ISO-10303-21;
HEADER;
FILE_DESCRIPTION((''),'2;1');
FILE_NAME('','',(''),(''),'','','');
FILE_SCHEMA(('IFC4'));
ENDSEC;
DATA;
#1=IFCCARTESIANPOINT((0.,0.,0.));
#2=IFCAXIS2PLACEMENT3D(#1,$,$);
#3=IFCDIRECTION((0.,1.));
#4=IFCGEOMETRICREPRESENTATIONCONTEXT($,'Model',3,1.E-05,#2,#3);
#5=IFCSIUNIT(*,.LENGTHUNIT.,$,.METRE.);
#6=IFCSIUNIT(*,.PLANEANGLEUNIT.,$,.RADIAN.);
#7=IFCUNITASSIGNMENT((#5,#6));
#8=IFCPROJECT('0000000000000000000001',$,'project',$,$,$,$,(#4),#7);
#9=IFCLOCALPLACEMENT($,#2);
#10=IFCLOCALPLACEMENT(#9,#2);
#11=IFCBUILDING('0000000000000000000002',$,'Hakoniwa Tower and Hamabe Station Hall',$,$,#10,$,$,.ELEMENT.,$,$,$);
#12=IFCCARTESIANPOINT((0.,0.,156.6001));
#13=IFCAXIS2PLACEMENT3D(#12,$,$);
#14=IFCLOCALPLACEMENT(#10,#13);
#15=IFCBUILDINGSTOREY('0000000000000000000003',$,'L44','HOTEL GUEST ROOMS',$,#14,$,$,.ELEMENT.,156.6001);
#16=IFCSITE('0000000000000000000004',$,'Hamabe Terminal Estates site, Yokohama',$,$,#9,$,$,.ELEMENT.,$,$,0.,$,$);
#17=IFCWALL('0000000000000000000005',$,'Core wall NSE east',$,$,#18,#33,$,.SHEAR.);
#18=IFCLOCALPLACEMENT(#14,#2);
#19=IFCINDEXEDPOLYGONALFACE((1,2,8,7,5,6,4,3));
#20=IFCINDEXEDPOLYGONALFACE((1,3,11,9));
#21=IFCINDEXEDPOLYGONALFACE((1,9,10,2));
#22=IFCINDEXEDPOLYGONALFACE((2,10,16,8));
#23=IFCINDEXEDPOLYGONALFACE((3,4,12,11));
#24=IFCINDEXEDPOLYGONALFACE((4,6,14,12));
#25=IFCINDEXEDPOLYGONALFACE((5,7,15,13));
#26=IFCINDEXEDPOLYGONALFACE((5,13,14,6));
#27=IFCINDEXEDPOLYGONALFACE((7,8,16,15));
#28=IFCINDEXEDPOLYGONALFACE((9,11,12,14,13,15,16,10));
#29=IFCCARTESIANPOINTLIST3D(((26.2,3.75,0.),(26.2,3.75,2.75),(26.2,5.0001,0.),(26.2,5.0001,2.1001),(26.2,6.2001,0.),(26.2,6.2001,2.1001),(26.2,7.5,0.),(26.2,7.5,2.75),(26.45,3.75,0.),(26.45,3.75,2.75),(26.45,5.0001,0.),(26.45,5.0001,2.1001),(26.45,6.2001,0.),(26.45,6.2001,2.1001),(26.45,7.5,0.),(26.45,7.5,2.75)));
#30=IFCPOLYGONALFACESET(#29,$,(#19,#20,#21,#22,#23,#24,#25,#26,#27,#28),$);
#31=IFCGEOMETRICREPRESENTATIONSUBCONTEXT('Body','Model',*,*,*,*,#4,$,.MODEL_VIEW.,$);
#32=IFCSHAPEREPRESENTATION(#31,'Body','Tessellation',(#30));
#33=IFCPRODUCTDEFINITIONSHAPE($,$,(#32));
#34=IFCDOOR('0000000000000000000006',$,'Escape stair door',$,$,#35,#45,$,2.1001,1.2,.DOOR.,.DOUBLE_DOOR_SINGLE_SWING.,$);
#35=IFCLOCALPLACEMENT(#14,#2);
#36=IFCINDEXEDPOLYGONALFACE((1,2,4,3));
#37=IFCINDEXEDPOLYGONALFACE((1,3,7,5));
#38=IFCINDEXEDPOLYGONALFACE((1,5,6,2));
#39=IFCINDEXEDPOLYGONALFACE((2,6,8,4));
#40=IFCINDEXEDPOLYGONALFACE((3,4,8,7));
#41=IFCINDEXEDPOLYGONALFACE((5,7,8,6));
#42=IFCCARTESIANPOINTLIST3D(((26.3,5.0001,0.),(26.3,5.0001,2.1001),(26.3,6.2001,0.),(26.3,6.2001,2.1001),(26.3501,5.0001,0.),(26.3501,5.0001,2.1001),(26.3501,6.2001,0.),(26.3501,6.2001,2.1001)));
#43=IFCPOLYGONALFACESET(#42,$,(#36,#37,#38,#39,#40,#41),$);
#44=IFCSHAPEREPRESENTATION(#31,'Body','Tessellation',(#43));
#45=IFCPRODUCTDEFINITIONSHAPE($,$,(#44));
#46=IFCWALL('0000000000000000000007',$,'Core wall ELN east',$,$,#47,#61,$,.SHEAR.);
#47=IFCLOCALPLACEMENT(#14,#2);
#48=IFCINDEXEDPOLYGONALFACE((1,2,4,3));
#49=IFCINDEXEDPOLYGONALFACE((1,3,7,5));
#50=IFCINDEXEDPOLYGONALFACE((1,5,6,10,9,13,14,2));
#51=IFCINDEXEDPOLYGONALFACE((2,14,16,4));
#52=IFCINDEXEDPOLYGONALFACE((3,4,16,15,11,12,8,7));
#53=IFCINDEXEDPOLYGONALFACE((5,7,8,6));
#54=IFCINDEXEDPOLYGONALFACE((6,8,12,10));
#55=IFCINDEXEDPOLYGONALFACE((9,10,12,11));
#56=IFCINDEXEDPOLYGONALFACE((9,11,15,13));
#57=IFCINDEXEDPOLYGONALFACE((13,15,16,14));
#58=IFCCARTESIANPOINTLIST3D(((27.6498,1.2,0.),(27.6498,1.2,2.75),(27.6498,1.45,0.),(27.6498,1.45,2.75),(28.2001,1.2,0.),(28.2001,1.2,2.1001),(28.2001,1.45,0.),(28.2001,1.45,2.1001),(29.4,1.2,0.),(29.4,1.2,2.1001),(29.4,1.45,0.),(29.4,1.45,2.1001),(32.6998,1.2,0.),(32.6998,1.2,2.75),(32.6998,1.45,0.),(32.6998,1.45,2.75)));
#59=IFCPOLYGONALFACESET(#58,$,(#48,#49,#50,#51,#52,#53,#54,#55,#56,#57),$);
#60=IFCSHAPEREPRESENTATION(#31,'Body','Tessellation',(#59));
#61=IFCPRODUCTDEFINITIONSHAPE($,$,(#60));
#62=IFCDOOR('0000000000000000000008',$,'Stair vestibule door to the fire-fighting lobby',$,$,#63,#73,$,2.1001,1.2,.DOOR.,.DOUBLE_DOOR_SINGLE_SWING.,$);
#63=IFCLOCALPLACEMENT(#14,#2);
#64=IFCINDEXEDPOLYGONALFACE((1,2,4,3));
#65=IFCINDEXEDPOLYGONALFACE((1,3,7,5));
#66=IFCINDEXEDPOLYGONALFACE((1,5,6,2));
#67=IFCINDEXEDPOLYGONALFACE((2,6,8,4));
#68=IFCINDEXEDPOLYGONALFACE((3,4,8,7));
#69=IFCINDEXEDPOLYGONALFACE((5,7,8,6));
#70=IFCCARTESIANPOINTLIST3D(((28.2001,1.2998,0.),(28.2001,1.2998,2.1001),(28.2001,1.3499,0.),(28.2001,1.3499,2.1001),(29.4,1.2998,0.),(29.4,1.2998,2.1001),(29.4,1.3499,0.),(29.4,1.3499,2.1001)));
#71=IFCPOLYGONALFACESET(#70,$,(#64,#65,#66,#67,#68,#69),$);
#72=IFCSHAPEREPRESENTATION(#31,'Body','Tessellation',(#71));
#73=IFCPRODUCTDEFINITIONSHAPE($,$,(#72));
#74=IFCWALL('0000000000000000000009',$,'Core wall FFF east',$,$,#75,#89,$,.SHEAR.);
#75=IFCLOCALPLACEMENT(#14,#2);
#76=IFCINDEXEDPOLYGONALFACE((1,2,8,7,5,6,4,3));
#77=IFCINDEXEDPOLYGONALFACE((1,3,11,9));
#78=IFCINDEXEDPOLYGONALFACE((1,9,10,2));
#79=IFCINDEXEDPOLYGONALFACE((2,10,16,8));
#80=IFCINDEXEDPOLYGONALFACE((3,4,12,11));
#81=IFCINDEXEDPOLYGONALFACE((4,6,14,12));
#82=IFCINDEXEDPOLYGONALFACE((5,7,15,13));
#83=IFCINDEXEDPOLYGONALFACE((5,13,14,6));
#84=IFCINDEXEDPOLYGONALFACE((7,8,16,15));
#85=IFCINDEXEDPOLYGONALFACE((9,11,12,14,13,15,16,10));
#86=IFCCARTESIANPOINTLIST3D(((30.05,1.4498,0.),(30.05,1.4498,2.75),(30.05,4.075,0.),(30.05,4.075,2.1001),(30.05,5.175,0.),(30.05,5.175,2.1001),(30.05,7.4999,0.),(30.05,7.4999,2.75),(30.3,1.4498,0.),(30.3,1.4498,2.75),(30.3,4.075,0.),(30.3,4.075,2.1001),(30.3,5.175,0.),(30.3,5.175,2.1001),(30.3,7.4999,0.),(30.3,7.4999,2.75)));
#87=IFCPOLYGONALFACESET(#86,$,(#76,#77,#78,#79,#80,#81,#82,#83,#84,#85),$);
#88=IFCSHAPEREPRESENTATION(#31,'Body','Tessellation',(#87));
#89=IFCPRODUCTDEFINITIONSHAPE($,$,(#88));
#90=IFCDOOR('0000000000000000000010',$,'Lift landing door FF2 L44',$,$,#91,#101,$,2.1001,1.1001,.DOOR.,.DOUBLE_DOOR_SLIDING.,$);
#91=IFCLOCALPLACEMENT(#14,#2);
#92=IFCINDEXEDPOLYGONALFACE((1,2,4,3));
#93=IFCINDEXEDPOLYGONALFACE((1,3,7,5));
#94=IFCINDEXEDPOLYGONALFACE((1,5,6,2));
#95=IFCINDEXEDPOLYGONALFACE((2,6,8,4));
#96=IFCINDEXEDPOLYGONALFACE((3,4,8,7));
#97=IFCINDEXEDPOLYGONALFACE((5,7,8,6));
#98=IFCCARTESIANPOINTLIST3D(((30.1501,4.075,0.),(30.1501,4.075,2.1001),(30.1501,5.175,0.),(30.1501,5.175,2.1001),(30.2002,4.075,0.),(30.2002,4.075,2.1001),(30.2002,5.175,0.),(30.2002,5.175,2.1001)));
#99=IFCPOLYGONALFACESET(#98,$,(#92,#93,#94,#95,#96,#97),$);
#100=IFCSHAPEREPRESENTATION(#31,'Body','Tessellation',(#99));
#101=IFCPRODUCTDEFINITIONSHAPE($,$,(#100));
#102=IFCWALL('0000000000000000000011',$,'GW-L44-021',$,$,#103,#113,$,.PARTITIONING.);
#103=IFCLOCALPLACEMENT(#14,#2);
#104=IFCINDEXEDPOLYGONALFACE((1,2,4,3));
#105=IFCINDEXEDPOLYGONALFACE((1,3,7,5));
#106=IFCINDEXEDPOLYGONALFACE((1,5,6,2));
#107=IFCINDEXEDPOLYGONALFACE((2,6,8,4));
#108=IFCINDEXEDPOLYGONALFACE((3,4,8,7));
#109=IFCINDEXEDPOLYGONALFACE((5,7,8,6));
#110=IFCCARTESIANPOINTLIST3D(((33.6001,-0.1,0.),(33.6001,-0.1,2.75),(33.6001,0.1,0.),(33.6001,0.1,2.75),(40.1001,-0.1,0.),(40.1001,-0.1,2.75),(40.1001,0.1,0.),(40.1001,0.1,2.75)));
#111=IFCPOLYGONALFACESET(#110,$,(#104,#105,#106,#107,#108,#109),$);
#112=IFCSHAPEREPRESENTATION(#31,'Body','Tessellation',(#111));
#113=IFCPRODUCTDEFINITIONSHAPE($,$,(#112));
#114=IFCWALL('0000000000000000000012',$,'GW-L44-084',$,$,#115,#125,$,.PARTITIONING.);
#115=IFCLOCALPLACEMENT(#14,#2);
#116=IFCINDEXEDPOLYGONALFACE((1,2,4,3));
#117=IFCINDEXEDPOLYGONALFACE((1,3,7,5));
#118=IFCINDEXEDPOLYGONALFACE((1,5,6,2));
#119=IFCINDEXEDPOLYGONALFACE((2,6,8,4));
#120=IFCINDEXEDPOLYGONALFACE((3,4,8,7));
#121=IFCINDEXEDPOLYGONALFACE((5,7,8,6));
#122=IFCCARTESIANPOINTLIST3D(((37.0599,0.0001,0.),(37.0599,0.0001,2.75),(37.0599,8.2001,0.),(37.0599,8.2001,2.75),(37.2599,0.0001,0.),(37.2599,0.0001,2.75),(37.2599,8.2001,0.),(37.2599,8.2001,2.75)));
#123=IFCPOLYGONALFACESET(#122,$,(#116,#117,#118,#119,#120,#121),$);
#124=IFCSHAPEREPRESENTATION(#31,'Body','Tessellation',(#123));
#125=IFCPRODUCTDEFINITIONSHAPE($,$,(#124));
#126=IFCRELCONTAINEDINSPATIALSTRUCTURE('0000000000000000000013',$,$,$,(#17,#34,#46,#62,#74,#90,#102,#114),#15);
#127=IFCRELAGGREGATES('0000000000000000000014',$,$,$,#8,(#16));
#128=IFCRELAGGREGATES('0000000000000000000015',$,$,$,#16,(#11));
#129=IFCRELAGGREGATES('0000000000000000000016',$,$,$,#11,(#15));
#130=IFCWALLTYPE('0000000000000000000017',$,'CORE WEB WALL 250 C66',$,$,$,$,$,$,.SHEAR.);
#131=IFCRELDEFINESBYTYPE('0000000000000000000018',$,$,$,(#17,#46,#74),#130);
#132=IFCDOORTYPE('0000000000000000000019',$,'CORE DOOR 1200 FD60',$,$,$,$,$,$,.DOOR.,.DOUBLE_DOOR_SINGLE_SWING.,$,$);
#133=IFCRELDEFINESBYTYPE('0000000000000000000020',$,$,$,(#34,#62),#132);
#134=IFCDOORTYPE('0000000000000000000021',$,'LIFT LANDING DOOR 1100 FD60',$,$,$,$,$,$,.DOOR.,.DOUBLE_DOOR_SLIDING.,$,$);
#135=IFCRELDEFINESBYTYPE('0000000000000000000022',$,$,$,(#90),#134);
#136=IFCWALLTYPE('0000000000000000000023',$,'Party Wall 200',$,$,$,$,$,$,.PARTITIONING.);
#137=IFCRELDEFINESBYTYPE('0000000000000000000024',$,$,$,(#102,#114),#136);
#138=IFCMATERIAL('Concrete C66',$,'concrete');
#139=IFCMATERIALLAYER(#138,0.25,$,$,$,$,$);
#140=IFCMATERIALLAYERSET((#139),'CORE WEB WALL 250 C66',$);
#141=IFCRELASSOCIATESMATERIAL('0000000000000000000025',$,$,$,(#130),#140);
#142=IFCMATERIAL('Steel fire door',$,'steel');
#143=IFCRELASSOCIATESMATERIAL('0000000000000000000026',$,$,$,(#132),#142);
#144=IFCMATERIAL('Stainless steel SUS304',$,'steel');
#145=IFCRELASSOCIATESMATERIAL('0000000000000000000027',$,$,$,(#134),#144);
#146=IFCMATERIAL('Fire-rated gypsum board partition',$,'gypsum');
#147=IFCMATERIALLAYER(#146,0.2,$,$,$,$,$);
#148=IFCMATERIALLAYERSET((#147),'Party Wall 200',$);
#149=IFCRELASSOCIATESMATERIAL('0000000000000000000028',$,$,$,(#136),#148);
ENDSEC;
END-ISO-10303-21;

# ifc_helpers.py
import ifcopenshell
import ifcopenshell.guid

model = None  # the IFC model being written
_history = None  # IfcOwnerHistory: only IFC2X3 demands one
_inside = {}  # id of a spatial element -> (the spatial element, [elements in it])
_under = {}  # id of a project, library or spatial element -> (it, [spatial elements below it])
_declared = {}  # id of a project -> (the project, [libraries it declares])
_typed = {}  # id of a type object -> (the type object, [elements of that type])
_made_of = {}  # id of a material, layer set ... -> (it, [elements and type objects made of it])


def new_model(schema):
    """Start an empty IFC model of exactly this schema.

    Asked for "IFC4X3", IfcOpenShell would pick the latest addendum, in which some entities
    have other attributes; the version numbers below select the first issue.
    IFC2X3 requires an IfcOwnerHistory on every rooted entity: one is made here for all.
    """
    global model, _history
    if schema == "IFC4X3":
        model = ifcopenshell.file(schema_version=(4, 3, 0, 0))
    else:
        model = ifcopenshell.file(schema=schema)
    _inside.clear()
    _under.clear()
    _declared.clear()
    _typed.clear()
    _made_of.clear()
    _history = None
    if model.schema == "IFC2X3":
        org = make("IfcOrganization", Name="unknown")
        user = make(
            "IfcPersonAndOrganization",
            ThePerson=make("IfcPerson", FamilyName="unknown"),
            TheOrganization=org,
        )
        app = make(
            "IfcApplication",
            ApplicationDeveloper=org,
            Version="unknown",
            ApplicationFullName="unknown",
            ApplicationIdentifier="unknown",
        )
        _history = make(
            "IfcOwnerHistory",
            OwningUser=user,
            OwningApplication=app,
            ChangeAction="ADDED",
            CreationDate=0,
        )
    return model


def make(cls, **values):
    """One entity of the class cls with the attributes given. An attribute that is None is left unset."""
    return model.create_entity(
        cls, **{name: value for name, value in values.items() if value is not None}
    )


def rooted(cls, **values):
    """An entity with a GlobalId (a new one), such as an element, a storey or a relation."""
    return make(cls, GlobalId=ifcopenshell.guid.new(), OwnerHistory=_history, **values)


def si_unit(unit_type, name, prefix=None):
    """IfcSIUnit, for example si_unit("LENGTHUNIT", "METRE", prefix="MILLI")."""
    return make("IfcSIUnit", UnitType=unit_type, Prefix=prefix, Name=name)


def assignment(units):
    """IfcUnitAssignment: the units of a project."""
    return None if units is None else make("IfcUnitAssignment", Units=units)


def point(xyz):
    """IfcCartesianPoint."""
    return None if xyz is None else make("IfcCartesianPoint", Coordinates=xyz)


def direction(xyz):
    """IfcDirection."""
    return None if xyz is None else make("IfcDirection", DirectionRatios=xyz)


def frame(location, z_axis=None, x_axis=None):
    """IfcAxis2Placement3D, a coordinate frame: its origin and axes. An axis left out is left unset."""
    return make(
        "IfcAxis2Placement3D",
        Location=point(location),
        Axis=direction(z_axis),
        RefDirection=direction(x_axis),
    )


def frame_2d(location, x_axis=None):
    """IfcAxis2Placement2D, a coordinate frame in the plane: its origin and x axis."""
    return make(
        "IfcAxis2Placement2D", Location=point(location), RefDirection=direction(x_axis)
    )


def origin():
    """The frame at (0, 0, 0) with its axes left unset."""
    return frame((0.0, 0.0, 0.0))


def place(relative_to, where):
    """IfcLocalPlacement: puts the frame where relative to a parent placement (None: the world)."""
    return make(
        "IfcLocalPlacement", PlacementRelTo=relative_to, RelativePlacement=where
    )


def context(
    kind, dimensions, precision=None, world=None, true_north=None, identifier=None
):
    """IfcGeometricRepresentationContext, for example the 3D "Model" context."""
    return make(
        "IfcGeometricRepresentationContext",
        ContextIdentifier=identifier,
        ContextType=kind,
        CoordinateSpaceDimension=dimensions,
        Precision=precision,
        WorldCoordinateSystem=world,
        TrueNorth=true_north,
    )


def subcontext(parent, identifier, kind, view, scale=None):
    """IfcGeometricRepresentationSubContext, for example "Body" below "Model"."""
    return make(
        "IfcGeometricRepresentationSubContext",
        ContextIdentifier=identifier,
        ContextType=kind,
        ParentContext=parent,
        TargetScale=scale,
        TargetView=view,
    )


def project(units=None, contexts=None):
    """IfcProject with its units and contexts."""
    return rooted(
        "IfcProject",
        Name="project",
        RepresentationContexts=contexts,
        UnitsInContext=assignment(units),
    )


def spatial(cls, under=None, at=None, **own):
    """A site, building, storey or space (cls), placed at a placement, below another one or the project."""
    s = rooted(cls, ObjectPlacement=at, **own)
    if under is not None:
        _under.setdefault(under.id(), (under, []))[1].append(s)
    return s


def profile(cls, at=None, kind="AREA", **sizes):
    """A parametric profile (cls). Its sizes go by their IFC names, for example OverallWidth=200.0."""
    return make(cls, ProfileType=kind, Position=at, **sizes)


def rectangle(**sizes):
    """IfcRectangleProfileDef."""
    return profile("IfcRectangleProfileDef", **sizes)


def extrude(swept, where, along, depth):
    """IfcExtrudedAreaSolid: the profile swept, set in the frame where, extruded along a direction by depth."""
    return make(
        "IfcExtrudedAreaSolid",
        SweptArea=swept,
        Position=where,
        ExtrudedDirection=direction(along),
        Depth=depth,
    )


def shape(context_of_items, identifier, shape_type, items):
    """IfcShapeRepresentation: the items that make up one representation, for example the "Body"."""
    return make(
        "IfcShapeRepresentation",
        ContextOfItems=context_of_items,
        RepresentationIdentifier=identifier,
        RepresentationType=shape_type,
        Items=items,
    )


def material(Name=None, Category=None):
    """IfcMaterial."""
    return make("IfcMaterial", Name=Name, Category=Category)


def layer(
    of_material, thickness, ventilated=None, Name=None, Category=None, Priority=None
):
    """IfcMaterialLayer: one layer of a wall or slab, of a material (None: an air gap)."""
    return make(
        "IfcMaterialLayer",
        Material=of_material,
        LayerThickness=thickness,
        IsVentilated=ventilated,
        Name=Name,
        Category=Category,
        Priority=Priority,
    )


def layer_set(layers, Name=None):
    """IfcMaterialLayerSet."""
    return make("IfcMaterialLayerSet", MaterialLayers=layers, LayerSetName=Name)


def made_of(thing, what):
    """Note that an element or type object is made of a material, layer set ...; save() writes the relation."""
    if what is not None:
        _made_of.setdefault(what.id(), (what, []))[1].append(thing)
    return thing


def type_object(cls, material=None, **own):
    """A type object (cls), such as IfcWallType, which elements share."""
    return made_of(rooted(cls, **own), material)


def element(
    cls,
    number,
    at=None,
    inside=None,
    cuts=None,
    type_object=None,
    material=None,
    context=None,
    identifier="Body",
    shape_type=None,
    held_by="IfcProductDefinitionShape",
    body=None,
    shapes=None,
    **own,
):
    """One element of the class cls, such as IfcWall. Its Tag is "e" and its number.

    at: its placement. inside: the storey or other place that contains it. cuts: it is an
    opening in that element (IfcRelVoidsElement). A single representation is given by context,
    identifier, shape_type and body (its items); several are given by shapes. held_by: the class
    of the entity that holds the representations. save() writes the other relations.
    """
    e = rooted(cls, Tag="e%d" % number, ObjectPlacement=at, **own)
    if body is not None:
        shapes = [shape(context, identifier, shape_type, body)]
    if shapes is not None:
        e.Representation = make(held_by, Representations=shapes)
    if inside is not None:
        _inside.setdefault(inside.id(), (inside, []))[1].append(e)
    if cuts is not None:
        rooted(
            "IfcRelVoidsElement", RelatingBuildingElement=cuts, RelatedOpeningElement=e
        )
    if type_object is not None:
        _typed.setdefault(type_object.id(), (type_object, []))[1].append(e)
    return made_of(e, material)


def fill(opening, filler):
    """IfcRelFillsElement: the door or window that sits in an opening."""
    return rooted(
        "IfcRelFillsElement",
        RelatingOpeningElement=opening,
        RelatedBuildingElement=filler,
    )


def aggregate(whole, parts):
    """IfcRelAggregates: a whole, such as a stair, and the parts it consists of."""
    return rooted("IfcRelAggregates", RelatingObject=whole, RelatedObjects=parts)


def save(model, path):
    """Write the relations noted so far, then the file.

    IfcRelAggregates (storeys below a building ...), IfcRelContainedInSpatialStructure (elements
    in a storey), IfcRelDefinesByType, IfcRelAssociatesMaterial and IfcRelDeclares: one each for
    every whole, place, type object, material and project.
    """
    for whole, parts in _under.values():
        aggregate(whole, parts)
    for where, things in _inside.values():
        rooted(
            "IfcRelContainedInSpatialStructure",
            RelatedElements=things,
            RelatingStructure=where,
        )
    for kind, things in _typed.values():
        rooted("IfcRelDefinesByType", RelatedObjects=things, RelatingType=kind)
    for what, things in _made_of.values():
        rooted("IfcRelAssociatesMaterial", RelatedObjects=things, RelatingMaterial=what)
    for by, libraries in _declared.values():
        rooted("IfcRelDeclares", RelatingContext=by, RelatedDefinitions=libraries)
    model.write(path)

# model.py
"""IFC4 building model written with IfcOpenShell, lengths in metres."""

from ifc_helpers import new_model, si_unit, direction, frame, frame_2d, origin, place, context, subcontext, project, spatial, rectangle, extrude, material, layer, layer_set, type_object, element, fill, save


model = new_model("IFC4")

# Units and contexts
model_context = context("Model", 3, precision=1e-05, world=origin(), true_north=direction((0.0, 1.0)))
body_context = subcontext(model_context, "Body", "Model", "MODEL_VIEW")
ifc_project = project(units=[si_unit("LENGTHUNIT", "METRE"), si_unit("PLANEANGLEUNIT", "RADIAN")], contexts=[model_context])

# Site, building, storey
site_placement = place(None, origin())
site = spatial("IfcSite", under=ifc_project, at=site_placement, Name="Hamabe Terminal Estates site, Yokohama", CompositionType="ELEMENT", RefElevation=0.0)
building_placement = place(site_placement, origin())
building = spatial("IfcBuilding", under=site, at=building_placement, Name="Hakoniwa Tower and Hamabe Station Hall", CompositionType="ELEMENT")
storey_placement = place(building_placement, frame((0.0, 0.0, 156.6001)))
storey = spatial("IfcBuildingStorey", under=building, at=storey_placement, Name="L44", Description="HOTEL GUEST ROOMS", CompositionType="ELEMENT", Elevation=156.6001)

# Shared definitions
ifc_material_1 = material(Name="Concrete C66", Category="concrete")
ifc_layer_1 = layer(ifc_material_1, 0.25)
ifc_layer_set_1 = layer_set([ifc_layer_1], Name="CORE WEB WALL 250 C66")
wall_type_1 = type_object("IfcWallType", Name="CORE WEB WALL 250 C66", PredefinedType="SHEAR", material=ifc_layer_set_1)

# Walls, openings, doors
wall_1_placement = place(storey_placement, frame((26.325, 3.75, 0.0), z_axis=(0.0, 0.0, 1.0), x_axis=(0.0, 1.0, 0.0)))
wall_1 = element("IfcWall", 1, at=wall_1_placement, inside=storey, type_object=wall_type_1, Name="Core wall NSE east", PredefinedType="SHEAR", context=body_context, shape_type="SweptSolid", body=[
    extrude(rectangle(XDim=3.75, YDim=0.25, at=frame_2d((1.875, 0.0))), origin(), (0.0, 0.0, 1.0), 2.75),
])
opening_1_placement = place(wall_1_placement, frame((1.25, 0.0, 0.0)))
opening_1 = element("IfcOpeningElement", 2, at=opening_1_placement, cuts=wall_1, PredefinedType="OPENING", context=body_context, shape_type="SweptSolid", body=[
    extrude(rectangle(XDim=1.2, YDim=2.1001, at=frame_2d((0.6001, 1.05))), frame((0.0, 0.135, 0.0), z_axis=(0.0, -1.0, 0.0), x_axis=(1.0, 0.0, 0.0)), (0.0, 0.0, 1.0), 0.27),
])
ifc_material_2 = material(Name="Steel fire door", Category="steel")
door_type_1 = type_object("IfcDoorType", Name="CORE DOOR 1200 FD60", OperationType="DOUBLE_DOOR_SINGLE_SWING", PredefinedType="DOOR", material=ifc_material_2)
door_1_placement = place(opening_1_placement, origin())
door_1 = element("IfcDoor", 3, at=door_1_placement, inside=storey, type_object=door_type_1, Name="Escape stair door", OperationType="DOUBLE_DOOR_SINGLE_SWING", OverallHeight=2.1001, OverallWidth=1.2, PredefinedType="DOOR", context=body_context, shape_type="SweptSolid", body=[
    extrude(rectangle(XDim=1.2, YDim=2.1001, at=frame_2d((0.6001, 1.05))), frame((0.0, 0.0249, 0.0), z_axis=(0.0, -1.0, 0.0), x_axis=(1.0, 0.0, 0.0)), (0.0, 0.0, 1.0), 0.05),
])
fill(opening_1, door_1)
wall_2_placement = place(storey_placement, frame((27.6499, 1.325, 0.0), z_axis=(0.0, 0.0, 1.0), x_axis=(1.0, 0.0, 0.0)))
wall_2 = element("IfcWall", 4, at=wall_2_placement, inside=storey, type_object=wall_type_1, Name="Core wall ELN east", PredefinedType="SHEAR", context=body_context, shape_type="SweptSolid", body=[
    extrude(rectangle(XDim=5.05, YDim=0.25, at=frame_2d((2.5249, 0.0))), origin(), (0.0, 0.0, 1.0), 2.75),
])
opening_2_placement = place(wall_2_placement, frame((0.55, 0.0, 0.0)))
opening_2 = element("IfcOpeningElement", 5, at=opening_2_placement, cuts=wall_2, PredefinedType="OPENING", context=body_context, shape_type="SweptSolid", body=[
    extrude(rectangle(XDim=1.2, YDim=2.1001, at=frame_2d((0.6001, 1.05))), frame((0.0, 0.135, 0.0), z_axis=(0.0, -1.0, 0.0), x_axis=(1.0, 0.0, 0.0)), (0.0, 0.0, 1.0), 0.27),
])
door_2_placement = place(opening_2_placement, origin())
door_2 = element("IfcDoor", 6, at=door_2_placement, inside=storey, type_object=door_type_1, Name="Stair vestibule door to the fire-fighting lobby", OperationType="DOUBLE_DOOR_SINGLE_SWING", OverallHeight=2.1001, OverallWidth=1.2, PredefinedType="DOOR", context=body_context, shape_type="SweptSolid", body=[
    extrude(rectangle(XDim=1.2, YDim=2.1001, at=frame_2d((0.6001, 1.05))), frame((0.0, 0.0249, 0.0), z_axis=(0.0, -1.0, 0.0), x_axis=(1.0, 0.0, 0.0)), (0.0, 0.0, 1.0), 0.05),
])
fill(opening_2, door_2)
wall_3_placement = place(storey_placement, frame((30.175, 1.45, 0.0), z_axis=(0.0, 0.0, 1.0), x_axis=(0.0, 1.0, 0.0)))
wall_3 = element("IfcWall", 7, at=wall_3_placement, inside=storey, type_object=wall_type_1, Name="Core wall FFF east", PredefinedType="SHEAR", context=body_context, shape_type="SweptSolid", body=[
    extrude(rectangle(XDim=6.05, YDim=0.25, at=frame_2d((3.0249, 0.0))), origin(), (0.0, 0.0, 1.0), 2.75),
])
opening_3_placement = place(wall_3_placement, frame((2.625, 0.0, 0.0)))
opening_3 = element("IfcOpeningElement", 8, at=opening_3_placement, cuts=wall_3, PredefinedType="OPENING", context=body_context, shape_type="SweptSolid", body=[
    extrude(rectangle(XDim=1.1001, YDim=2.1001, at=frame_2d((0.55, 1.05))), frame((0.0, 0.135, 0.0), z_axis=(0.0, -1.0, 0.0), x_axis=(1.0, 0.0, 0.0)), (0.0, 0.0, 1.0), 0.27),
])
ifc_material_3 = material(Name="Stainless steel SUS304", Category="steel")
door_type_2 = type_object("IfcDoorType", Name="LIFT LANDING DOOR 1100 FD60", OperationType="DOUBLE_DOOR_SLIDING", PredefinedType="DOOR", material=ifc_material_3)
door_3_placement = place(opening_3_placement, origin())
door_3 = element("IfcDoor", 9, at=door_3_placement, inside=storey, type_object=door_type_2, Name="Lift landing door FF2 L44", OperationType="DOUBLE_DOOR_SLIDING", OverallHeight=2.1001, OverallWidth=1.1001, PredefinedType="DOOR", context=body_context, shape_type="SweptSolid", body=[
    extrude(rectangle(XDim=1.1001, YDim=2.1001, at=frame_2d((0.55, 1.05))), frame((0.0, 0.0249, 0.0), z_axis=(0.0, -1.0, 0.0), x_axis=(1.0, 0.0, 0.0)), (0.0, 0.0, 1.0), 0.05),
])
fill(opening_3, door_3)

# Walls
ifc_material_4 = material(Name="Fire-rated gypsum board partition", Category="gypsum")
ifc_layer_2 = layer(ifc_material_4, 0.2)
ifc_layer_set_2 = layer_set([ifc_layer_2], Name="Party Wall 200")
wall_type_2 = type_object("IfcWallType", Name="Party Wall 200", PredefinedType="PARTITIONING", material=ifc_layer_set_2)
wall_4_placement = place(storey_placement, frame((33.6001, 0.0, 0.0), z_axis=(0.0, 0.0, 1.0), x_axis=(1.0, 0.0, 0.0)))
element("IfcWall", 10, at=wall_4_placement, inside=storey, type_object=wall_type_2, Name="GW-L44-021", PredefinedType="PARTITIONING", context=body_context, shape_type="SweptSolid", body=[
    extrude(rectangle(XDim=6.5, YDim=0.2, at=frame_2d((3.25, 0.0))), origin(), (0.0, 0.0, 1.0), 2.75),
])
wall_5_placement = place(storey_placement, frame((37.1599, 0.0, 0.0), z_axis=(0.0, 0.0, 1.0), x_axis=(0.0, 1.0, 0.0)))
element("IfcWall", 11, at=wall_5_placement, inside=storey, type_object=wall_type_2, Name="GW-L44-084", PredefinedType="PARTITIONING", context=body_context, shape_type="SweptSolid", body=[
    extrude(rectangle(XDim=8.2, YDim=0.2, at=frame_2d((4.1001, 0.0))), origin(), (0.0, 0.0, 1.0), 2.75),
])

save(model, "model.ifc")
